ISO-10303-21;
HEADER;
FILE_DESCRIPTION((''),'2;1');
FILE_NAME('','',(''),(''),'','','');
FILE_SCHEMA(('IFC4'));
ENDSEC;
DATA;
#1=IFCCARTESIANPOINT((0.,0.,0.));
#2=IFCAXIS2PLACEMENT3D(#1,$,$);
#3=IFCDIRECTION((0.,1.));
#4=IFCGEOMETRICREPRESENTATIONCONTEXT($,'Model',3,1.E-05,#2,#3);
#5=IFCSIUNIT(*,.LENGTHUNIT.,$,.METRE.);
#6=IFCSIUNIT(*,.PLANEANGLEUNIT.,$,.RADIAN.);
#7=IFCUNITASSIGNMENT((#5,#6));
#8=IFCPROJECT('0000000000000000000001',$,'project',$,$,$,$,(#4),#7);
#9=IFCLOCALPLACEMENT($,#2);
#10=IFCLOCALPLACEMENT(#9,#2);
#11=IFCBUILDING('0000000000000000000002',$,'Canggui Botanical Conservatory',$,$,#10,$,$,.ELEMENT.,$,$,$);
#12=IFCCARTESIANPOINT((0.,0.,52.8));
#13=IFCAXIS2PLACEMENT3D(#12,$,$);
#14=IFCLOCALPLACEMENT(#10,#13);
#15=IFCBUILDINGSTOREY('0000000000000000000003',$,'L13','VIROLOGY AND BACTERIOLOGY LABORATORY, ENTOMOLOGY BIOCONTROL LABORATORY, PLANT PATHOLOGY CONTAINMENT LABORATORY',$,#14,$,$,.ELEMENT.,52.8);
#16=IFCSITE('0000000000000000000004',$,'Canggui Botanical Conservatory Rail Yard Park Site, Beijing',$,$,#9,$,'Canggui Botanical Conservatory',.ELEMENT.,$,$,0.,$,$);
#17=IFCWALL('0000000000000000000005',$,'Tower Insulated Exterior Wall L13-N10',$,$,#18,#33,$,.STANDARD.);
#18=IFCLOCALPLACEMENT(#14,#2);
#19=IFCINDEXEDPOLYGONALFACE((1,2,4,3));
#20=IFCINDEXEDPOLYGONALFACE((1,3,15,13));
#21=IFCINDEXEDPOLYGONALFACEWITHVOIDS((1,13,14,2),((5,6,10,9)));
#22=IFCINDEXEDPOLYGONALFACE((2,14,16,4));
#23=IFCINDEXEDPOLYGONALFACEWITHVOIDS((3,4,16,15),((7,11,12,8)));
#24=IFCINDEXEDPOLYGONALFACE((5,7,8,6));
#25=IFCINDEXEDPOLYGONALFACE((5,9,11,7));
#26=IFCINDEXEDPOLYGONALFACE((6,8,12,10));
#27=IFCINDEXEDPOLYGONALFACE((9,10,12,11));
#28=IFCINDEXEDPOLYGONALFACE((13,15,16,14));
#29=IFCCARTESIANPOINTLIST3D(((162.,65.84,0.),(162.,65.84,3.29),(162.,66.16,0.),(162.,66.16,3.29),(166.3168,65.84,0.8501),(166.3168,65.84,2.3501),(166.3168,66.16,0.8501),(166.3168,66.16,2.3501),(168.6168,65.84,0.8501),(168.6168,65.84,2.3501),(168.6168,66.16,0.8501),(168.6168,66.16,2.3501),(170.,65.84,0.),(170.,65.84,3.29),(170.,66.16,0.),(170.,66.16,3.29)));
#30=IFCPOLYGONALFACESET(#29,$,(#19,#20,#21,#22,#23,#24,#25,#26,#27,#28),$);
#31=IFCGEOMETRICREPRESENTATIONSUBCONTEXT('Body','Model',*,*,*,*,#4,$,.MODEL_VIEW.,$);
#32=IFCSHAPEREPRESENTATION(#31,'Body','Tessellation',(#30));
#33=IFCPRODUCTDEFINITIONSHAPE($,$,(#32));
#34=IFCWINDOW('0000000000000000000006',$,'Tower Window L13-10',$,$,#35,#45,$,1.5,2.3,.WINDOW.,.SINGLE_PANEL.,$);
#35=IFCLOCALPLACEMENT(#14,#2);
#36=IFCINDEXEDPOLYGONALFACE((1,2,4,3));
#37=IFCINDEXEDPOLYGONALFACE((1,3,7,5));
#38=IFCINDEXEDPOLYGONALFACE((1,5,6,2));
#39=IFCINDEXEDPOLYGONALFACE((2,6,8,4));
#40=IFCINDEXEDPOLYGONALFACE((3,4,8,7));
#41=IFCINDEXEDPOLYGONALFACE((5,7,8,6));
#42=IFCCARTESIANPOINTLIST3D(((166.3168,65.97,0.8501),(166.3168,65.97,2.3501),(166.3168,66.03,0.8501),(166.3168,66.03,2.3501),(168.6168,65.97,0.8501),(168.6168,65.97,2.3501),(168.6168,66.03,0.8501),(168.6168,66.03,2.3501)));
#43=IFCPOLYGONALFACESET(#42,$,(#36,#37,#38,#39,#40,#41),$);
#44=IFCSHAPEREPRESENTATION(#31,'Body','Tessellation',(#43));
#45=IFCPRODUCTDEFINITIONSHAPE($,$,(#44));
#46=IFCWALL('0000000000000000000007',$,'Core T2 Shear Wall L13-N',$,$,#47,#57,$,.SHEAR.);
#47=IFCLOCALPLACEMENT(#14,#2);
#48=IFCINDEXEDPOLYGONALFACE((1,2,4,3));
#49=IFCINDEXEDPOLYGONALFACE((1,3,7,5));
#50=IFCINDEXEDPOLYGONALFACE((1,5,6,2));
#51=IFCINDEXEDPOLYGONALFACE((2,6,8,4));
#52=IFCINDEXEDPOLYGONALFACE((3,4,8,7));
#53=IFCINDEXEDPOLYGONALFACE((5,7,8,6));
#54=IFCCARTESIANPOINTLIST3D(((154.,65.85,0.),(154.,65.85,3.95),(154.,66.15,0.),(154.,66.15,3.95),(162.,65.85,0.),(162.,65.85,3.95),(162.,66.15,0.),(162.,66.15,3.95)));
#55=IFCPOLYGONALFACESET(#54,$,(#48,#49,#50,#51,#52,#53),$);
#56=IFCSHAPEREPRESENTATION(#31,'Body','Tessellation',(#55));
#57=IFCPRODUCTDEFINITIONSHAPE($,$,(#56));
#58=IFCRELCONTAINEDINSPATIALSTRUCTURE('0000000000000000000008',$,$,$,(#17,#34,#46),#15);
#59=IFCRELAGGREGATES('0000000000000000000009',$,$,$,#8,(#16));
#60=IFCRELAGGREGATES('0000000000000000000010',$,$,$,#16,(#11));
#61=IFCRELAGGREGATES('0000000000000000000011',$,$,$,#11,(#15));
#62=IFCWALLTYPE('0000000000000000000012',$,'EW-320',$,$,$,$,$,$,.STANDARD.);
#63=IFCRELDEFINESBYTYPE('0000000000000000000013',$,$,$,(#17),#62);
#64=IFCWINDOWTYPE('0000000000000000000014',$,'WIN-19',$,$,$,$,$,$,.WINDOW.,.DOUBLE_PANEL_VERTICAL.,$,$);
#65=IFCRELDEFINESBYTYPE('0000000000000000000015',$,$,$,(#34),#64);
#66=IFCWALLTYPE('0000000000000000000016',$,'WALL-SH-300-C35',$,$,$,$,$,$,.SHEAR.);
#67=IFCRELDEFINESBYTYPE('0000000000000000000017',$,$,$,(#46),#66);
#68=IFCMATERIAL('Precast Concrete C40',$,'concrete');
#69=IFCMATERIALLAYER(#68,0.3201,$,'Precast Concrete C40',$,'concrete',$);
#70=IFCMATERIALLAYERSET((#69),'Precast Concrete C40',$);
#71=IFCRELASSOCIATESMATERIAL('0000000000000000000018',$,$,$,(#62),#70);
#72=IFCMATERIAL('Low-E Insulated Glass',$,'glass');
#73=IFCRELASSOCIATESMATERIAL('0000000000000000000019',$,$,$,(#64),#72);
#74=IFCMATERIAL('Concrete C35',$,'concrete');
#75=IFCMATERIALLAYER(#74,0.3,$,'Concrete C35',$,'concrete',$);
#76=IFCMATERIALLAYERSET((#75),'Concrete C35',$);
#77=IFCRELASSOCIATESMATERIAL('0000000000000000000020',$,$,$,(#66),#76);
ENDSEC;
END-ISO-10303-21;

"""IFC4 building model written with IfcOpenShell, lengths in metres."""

from ifc_helpers import new_model, si_unit, direction, frame, frame_2d, origin, place, context, subcontext, project, spatial, rectangle, extrude, material, layer, layer_set, type_object, element, fill, save


model = new_model("IFC4")

# Units and contexts
model_context = context("Model", 3, precision=1e-05, world=origin(), true_north=direction((0.0, 1.0)))
body_context = subcontext(model_context, "Body", "Model", "MODEL_VIEW")
ifc_project = project(units=[si_unit("LENGTHUNIT", "METRE"), si_unit("PLANEANGLEUNIT", "RADIAN")], contexts=[model_context])

# Site, building, storey
site_placement = place(None, origin())
site = spatial("IfcSite", under=ifc_project, at=site_placement, Name="Canggui Botanical Conservatory Rail Yard Park Site, Beijing", LongName="Canggui Botanical Conservatory", CompositionType="ELEMENT", RefElevation=0.0)
building_placement = place(site_placement, origin())
building = spatial("IfcBuilding", under=site, at=building_placement, Name="Canggui Botanical Conservatory", CompositionType="ELEMENT")
storey_placement = place(building_placement, frame((0.0, 0.0, 52.8)))
storey = spatial("IfcBuildingStorey", under=building, at=storey_placement, Name="L13", Description="VIROLOGY AND BACTERIOLOGY LABORATORY, ENTOMOLOGY BIOCONTROL LABORATORY, PLANT PATHOLOGY CONTAINMENT LABORATORY", CompositionType="ELEMENT", Elevation=52.8)

# Shared definitions
ifc_material_1 = material(Name="Concrete C35", Category="concrete")

# Shared definitions
ifc_material_2 = material(Name="Low-E Insulated Glass", Category="glass")

# Wall, opening, window
ifc_material_3 = material(Name="Precast Concrete C40", Category="concrete")
ifc_layer_1 = layer(ifc_material_3, 0.3201, Name="Precast Concrete C40", Category="concrete")
ifc_layer_set_1 = layer_set([ifc_layer_1], Name="Precast Concrete C40")
wall_type_1 = type_object("IfcWallType", Name="EW-320", PredefinedType="STANDARD", material=ifc_layer_set_1)
wall_1_placement = place(storey_placement, frame((162.0, 66.0, 0.0), z_axis=(0.0, 0.0, 1.0), x_axis=(1.0, 0.0, 0.0)))
wall_1 = element("IfcWall", 1, at=wall_1_placement, inside=storey, type_object=wall_type_1, Name="Tower Insulated Exterior Wall L13-N10", PredefinedType="STANDARD", context=body_context, shape_type="SweptSolid", body=[
    extrude(rectangle(XDim=8.0, YDim=0.3201, at=frame_2d((4.0, 0.0))), origin(), (0.0, 0.0, 1.0), 3.29),
])
opening_placement = place(wall_1_placement, frame((4.3169, 0.0, 0.8501)))
opening = element("IfcOpeningElement", 2, at=opening_placement, cuts=wall_1, PredefinedType="OPENING", context=body_context, shape_type="SweptSolid", body=[
    extrude(rectangle(XDim=2.3, YDim=1.5, at=frame_2d((1.1499, 0.75))), frame((0.0, 0.1699, 0.0), z_axis=(0.0, -1.0, 0.0), x_axis=(1.0, 0.0, 0.0)), (0.0, 0.0, 1.0), 0.3401),
])
window_type = type_object("IfcWindowType", Name="WIN-19", PartitioningType="DOUBLE_PANEL_VERTICAL", PredefinedType="WINDOW", material=ifc_material_2)
window_placement = place(opening_placement, origin())
window = element("IfcWindow", 3, at=window_placement, inside=storey, type_object=window_type, Name="Tower Window L13-10", OverallHeight=1.5, OverallWidth=2.3, PartitioningType="SINGLE_PANEL", PredefinedType="WINDOW", context=body_context, shape_type="SweptSolid", body=[
    extrude(rectangle(XDim=2.3, YDim=1.5, at=frame_2d((1.1499, 0.75))), frame((0.0, 0.03, 0.0), z_axis=(0.0, -1.0, 0.0), x_axis=(1.0, 0.0, 0.0)), (0.0, 0.0, 1.0), 0.0601),
])
fill(opening, window)

# Wall
ifc_layer_2 = layer(ifc_material_1, 0.3, Name="Concrete C35", Category="concrete")
ifc_layer_set_2 = layer_set([ifc_layer_2], Name="Concrete C35")
wall_type_2 = type_object("IfcWallType", Name="WALL-SH-300-C35", PredefinedType="SHEAR", material=ifc_layer_set_2)
wall_2_placement = place(storey_placement, frame((162.0, 66.0, 0.0), z_axis=(0.0, 0.0, 1.0), x_axis=(-1.0, 0.0, 0.0)))
element("IfcWall", 4, at=wall_2_placement, inside=storey, type_object=wall_type_2, Name="Core T2 Shear Wall L13-N", PredefinedType="SHEAR", context=body_context, shape_type="SweptSolid", body=[
    extrude(rectangle(XDim=8.0, YDim=0.3, at=frame_2d((4.0, 0.0))), origin(), (0.0, 0.0, 1.0), 3.95),
])

save(model, "model.ifc")
